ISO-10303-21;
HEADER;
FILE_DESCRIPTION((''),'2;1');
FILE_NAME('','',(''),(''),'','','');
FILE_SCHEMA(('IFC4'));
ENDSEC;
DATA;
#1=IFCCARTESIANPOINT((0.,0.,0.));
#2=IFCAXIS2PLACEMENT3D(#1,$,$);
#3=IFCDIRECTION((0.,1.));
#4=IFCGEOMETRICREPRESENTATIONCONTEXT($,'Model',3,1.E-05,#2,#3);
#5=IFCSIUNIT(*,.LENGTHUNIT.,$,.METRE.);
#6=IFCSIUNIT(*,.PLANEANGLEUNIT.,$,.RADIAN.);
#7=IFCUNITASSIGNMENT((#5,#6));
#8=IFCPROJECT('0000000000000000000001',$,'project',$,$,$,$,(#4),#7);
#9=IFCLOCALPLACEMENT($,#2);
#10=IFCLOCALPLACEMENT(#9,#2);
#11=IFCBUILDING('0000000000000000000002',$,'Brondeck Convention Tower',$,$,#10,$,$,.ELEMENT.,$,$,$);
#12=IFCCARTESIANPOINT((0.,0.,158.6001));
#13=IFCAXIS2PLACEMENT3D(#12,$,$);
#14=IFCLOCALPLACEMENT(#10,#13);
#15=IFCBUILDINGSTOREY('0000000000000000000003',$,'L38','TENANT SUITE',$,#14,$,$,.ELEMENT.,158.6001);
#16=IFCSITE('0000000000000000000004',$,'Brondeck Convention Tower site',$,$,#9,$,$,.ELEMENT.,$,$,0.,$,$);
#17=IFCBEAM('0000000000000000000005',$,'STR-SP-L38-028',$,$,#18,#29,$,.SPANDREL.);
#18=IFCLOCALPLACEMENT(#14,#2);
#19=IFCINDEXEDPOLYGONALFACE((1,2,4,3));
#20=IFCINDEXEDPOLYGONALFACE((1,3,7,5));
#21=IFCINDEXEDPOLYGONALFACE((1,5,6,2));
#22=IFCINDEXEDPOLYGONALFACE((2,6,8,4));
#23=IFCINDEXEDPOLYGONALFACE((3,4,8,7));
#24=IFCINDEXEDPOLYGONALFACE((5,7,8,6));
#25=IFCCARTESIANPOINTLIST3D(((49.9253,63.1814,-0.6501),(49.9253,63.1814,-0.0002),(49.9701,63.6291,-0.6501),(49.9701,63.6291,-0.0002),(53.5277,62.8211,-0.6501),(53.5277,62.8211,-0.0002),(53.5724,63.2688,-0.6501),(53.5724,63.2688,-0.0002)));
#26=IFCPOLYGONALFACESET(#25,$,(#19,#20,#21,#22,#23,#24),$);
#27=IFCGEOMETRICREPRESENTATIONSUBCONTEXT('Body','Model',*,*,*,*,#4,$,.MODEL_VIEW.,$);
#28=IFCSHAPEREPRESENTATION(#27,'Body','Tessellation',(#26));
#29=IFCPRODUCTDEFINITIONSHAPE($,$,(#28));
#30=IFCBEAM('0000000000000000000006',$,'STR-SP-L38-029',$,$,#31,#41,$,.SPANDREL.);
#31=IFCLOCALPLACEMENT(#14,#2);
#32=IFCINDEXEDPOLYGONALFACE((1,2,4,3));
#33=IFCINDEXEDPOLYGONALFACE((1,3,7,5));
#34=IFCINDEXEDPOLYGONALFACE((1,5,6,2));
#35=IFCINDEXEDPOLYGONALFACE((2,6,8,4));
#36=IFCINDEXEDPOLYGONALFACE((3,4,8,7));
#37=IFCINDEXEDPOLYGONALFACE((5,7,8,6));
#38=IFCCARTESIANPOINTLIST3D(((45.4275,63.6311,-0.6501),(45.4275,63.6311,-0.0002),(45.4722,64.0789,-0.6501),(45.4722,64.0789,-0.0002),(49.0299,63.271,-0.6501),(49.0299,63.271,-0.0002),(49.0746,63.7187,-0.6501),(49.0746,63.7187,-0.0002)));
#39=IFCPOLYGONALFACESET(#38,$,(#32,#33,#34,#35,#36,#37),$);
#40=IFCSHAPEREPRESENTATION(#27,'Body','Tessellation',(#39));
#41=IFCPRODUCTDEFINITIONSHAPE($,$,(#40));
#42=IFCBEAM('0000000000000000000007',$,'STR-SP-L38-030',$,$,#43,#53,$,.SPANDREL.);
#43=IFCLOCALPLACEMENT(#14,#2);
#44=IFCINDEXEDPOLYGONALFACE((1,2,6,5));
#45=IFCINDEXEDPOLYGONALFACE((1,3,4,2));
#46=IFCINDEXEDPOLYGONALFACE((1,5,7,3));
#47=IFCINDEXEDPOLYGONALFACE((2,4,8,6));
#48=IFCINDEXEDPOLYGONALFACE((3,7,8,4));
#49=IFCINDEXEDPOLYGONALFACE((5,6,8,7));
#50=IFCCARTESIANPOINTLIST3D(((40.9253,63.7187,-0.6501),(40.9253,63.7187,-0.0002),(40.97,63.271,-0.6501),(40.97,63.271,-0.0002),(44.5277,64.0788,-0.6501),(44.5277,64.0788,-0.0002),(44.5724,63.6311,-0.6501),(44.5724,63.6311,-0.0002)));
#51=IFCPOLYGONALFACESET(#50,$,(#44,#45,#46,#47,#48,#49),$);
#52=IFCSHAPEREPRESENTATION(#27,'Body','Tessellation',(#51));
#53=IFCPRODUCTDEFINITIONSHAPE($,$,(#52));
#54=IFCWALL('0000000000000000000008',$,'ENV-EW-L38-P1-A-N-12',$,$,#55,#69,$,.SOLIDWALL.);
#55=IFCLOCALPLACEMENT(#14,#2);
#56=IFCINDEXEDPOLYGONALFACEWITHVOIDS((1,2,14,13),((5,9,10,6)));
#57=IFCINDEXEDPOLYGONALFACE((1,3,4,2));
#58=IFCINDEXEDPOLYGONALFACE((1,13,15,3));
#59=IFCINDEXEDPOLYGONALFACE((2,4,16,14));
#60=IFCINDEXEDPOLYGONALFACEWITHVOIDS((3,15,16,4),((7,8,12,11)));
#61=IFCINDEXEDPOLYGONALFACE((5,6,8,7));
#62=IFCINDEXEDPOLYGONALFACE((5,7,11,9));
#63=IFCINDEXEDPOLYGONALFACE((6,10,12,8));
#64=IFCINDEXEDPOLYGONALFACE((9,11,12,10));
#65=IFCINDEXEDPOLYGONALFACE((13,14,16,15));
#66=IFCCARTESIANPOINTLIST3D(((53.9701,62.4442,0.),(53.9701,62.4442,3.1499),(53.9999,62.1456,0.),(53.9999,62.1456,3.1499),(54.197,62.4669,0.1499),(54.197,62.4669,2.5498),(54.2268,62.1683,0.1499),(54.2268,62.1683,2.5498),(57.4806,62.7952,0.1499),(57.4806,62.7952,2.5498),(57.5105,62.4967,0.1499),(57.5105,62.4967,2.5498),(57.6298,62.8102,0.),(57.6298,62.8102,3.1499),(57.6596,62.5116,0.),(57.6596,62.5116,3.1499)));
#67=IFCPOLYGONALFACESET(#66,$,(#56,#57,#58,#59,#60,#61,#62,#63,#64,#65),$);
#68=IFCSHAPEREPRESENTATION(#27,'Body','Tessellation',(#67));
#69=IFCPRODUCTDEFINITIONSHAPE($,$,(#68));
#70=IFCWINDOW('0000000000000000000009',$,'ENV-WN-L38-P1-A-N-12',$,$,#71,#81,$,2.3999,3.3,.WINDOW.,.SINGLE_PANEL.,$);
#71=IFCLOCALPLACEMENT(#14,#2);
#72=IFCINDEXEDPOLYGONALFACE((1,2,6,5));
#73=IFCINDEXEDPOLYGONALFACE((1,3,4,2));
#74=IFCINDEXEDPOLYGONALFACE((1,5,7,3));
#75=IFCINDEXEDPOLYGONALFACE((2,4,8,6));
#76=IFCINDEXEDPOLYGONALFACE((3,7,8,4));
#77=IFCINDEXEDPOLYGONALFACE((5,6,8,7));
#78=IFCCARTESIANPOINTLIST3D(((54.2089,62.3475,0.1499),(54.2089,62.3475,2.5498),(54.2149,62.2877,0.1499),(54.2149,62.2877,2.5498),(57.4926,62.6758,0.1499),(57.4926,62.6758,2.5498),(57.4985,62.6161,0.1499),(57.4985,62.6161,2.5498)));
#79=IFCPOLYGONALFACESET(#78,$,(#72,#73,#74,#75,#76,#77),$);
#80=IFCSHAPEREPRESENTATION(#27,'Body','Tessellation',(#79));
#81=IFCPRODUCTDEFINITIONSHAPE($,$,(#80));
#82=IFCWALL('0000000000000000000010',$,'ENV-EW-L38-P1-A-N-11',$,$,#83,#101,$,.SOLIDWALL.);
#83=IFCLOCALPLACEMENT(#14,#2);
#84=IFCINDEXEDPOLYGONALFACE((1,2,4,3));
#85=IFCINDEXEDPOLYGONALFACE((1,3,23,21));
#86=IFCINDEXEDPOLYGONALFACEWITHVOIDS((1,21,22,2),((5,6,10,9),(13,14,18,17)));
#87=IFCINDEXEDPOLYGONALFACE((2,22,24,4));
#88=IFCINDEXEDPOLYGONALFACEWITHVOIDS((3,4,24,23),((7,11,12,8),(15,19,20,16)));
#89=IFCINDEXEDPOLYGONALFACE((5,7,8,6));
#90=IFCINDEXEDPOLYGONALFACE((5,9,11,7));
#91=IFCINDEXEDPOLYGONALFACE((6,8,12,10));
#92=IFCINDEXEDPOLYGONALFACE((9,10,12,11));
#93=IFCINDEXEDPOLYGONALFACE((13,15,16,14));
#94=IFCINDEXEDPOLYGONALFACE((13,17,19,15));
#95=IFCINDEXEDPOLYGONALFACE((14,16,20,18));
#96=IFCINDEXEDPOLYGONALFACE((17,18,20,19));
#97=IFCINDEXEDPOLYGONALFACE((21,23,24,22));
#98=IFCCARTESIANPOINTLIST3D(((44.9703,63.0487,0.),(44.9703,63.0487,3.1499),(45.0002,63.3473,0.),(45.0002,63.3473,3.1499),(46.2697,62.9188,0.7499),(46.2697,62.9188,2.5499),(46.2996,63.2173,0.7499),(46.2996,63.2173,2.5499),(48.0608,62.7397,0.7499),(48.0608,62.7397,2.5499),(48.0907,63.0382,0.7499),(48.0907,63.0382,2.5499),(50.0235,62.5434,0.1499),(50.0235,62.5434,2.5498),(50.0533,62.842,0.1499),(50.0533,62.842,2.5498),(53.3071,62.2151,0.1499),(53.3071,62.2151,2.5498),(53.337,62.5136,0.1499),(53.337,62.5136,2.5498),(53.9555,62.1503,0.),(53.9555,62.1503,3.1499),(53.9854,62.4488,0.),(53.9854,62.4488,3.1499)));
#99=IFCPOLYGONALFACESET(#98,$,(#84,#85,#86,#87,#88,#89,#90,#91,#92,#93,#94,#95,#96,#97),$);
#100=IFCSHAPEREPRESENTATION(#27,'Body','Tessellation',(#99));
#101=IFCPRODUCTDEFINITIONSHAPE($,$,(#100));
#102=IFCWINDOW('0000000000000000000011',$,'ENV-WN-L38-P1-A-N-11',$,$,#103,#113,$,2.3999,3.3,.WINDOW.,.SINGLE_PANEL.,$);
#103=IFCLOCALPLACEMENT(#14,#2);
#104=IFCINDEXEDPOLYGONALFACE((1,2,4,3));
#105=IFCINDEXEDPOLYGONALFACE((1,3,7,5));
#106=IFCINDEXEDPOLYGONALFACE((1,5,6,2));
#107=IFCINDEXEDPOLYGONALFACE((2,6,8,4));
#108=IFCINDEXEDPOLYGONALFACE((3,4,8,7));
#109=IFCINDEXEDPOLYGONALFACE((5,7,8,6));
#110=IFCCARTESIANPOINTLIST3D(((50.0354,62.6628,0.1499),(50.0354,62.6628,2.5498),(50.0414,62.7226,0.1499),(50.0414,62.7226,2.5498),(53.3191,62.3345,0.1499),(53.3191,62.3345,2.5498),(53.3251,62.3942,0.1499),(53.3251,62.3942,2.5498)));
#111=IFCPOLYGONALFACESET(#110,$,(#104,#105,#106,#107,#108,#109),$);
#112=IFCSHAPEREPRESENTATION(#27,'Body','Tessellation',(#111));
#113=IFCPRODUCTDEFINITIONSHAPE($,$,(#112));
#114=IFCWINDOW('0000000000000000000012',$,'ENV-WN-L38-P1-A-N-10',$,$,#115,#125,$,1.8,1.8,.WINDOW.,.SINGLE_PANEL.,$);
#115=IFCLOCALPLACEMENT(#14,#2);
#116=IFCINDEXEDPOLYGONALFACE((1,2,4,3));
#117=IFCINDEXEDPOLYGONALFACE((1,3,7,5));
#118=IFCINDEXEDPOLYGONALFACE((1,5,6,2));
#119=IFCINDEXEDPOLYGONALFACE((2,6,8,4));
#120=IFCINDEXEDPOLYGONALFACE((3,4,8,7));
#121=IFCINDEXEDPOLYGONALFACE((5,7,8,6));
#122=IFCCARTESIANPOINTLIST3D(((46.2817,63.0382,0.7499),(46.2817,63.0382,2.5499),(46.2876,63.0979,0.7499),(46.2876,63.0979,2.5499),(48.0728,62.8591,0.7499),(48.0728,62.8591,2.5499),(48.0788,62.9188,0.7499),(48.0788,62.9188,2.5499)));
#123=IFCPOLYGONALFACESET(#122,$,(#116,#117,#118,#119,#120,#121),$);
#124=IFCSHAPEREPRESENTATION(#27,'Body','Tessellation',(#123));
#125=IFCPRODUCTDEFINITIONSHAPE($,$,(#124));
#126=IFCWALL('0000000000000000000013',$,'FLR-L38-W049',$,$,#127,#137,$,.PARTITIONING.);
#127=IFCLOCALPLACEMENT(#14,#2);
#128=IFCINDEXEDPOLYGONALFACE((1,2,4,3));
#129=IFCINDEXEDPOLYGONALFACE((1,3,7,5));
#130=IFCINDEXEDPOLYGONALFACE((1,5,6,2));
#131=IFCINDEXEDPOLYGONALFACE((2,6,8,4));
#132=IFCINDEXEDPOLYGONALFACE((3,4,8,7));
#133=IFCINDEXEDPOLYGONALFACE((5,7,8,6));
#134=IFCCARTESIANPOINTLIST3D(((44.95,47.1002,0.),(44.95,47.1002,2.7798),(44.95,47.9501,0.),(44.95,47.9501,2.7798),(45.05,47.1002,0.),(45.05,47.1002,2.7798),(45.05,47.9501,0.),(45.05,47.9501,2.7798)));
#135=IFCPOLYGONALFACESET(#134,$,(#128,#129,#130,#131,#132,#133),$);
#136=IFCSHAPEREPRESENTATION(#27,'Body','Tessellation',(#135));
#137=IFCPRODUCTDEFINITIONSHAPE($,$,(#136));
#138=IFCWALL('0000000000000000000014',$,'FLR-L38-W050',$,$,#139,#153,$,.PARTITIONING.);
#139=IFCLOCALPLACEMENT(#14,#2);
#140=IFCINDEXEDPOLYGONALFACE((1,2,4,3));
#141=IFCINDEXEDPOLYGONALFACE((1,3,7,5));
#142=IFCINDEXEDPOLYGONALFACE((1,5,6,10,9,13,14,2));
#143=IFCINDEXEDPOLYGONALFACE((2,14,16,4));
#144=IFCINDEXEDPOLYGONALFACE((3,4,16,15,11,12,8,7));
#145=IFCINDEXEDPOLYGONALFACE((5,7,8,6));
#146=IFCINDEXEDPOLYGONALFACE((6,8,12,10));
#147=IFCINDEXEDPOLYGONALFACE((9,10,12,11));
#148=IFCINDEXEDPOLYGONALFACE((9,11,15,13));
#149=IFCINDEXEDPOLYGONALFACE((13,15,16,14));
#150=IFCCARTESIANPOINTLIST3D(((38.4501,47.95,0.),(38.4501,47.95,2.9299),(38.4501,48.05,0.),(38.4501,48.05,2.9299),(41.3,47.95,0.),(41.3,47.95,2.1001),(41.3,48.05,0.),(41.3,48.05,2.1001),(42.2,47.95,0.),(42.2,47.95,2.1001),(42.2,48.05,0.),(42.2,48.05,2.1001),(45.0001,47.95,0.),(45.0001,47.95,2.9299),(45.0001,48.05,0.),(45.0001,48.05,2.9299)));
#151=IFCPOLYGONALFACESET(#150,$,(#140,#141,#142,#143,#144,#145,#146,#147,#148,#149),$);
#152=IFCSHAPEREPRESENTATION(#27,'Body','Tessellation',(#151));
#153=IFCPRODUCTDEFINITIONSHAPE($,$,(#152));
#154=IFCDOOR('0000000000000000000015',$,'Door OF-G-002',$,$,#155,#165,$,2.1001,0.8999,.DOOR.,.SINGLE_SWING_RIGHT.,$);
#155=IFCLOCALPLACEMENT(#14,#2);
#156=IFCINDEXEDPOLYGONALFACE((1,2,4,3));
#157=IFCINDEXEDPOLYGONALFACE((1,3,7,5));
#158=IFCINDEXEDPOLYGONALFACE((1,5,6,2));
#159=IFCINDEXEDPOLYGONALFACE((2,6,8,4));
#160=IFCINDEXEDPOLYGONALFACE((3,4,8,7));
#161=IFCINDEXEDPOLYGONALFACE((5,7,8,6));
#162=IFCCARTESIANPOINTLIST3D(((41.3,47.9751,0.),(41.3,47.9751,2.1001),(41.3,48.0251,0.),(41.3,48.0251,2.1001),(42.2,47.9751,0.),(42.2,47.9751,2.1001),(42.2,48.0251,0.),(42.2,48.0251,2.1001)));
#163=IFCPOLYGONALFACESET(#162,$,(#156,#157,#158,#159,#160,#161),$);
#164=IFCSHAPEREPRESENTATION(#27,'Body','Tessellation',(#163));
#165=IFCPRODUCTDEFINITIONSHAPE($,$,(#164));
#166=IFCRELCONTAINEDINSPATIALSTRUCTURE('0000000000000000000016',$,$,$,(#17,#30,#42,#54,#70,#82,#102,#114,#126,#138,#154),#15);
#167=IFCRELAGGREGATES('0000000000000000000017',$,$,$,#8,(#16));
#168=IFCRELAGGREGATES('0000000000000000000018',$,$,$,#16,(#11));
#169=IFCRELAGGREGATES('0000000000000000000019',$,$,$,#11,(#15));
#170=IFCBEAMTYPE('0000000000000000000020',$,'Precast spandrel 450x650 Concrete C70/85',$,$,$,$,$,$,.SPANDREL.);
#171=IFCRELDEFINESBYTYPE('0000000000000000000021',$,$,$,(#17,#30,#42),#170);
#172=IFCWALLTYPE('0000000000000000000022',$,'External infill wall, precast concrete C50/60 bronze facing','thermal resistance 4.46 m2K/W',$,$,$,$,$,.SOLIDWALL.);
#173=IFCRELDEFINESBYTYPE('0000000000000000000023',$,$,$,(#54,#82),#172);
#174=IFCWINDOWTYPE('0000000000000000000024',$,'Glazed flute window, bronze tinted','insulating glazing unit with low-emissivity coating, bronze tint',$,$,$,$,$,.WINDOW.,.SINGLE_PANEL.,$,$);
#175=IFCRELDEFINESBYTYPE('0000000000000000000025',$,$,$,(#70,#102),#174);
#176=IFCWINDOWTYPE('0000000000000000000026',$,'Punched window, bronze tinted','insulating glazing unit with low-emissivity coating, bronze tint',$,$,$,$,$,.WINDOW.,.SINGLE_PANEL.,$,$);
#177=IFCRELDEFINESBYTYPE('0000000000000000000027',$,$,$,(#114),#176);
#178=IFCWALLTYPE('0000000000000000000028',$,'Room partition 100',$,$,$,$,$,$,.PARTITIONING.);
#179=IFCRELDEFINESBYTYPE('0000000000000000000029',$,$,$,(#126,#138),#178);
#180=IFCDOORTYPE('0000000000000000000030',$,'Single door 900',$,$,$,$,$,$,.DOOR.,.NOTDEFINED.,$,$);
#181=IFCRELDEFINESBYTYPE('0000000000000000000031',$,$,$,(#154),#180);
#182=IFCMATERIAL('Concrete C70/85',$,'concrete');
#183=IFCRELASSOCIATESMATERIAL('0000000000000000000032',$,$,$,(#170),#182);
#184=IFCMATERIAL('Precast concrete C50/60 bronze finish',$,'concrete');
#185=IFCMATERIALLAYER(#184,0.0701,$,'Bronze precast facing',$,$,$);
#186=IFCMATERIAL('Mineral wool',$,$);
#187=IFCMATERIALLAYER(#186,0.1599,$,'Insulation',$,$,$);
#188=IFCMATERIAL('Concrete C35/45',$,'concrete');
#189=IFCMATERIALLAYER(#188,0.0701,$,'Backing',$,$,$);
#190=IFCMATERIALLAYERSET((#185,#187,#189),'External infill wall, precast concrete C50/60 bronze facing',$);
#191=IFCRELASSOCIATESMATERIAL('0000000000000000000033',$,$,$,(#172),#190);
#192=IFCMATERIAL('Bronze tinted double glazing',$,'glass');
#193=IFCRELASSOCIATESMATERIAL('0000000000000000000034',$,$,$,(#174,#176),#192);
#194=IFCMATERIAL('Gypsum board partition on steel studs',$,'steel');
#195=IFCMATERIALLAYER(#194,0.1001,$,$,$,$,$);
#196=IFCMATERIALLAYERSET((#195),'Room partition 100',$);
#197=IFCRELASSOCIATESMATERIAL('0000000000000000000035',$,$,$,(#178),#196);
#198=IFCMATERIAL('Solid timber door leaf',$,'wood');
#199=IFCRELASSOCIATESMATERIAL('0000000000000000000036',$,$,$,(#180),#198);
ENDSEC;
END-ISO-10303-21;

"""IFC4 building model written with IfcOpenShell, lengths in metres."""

from ifc_helpers import new_model, si_unit, direction, frame, frame_2d, origin, origin_2d, place, context, subcontext, project, spatial, rectangle, extrude, material, layer, layer_set, material_profile, profile_set, type_object, element, fill, save


model = new_model("IFC4")

# Units and contexts
model_context = context("Model", 3, precision=1e-05, world=origin(), true_north=direction((0.0, 1.0)))
body_context = subcontext(model_context, "Body", "Model", "MODEL_VIEW")
ifc_project = project(units=[si_unit("LENGTHUNIT", "METRE"), si_unit("PLANEANGLEUNIT", "RADIAN")], contexts=[model_context])

# Site, building, storey
site_placement = place(None, origin())
site = spatial("IfcSite", under=ifc_project, at=site_placement, Name="Brondeck Convention Tower site", CompositionType="ELEMENT", RefElevation=0.0)
building_placement = place(site_placement, origin())
building = spatial("IfcBuilding", under=site, at=building_placement, Name="Brondeck Convention Tower", CompositionType="ELEMENT")
storey_placement = place(building_placement, frame((0.0, 0.0, 158.6001)))
storey = spatial("IfcBuildingStorey", under=building, at=storey_placement, Name="L38", Description="TENANT SUITE", CompositionType="ELEMENT", Elevation=158.6001)

# Shared definitions
ifc_material_1 = material(Name="Concrete C70/85", Category="concrete")

# Beams
ifc_material_profile_1 = material_profile(ifc_material_1, rectangle(XDim=0.45, YDim=0.6499, at=origin_2d()), Name="Precast spandrel 450x650 Concrete C70/85")
ifc_profile_set_1 = profile_set([ifc_material_profile_1], Name="Concrete C70/85")
beam_type_1 = type_object("IfcBeamType", Name="Precast spandrel 450x650 Concrete C70/85", PredefinedType="SPANDREL", material=ifc_profile_set_1)
for number, where, z_axis, x_axis, name in (
    (1, (53.55, 63.0449, -0.3252), (-0.995034, 0.099537, 0.0), (-0.099537, -0.995034, 0.0), "STR-SP-L38-028"),
    (2, (49.0522, 63.4949, -0.3252), (-0.995041, 0.09947, 0.0), (-0.09947, -0.995041, 0.0), "STR-SP-L38-029"),
    (3, (44.55, 63.855, -0.3252), (-0.995041, -0.09947, 0.0), (0.09947, -0.995041, 0.0), "STR-SP-L38-030"),
):
    element("IfcBeam", number, at=place(storey_placement, frame(where, z_axis=z_axis, x_axis=x_axis)), inside=storey, type_object=beam_type_1, Name=name, PredefinedType="SPANDREL", context=body_context, shape_type="SweptSolid", body=[
        extrude(rectangle(XDim=0.45, YDim=0.6499, at=origin_2d()), origin(), (0.0, 0.0, 1.0), 3.6204),
    ])

# Wall, opening, window
ifc_material_2 = material(Name="Precast concrete C50/60 bronze finish", Category="concrete")
ifc_layer_1 = layer(ifc_material_2, 0.0701, Name="Bronze precast facing")
ifc_material_3 = material(Name="Mineral wool")
ifc_layer_2 = layer(ifc_material_3, 0.1599, Name="Insulation")
ifc_material_4 = material(Name="Concrete C35/45", Category="concrete")
ifc_layer_3 = layer(ifc_material_4, 0.0701, Name="Backing")
ifc_layer_set_1 = layer_set([ifc_layer_1, ifc_layer_2, ifc_layer_3], Name="External infill wall, precast concrete C50/60 bronze facing")
wall_type_1 = type_object("IfcWallType", Name="External infill wall, precast concrete C50/60 bronze facing", Description="thermal resistance 4.46 m2K/W", PredefinedType="SOLIDWALL", material=ifc_layer_set_1)
wall_1_placement = place(storey_placement, frame((53.9851, 62.2949, 0.0), z_axis=(0.0, 0.0, 1.0), x_axis=(0.995037, 0.099504, 0.0)))
wall_1 = element("IfcWall", 4, at=wall_1_placement, inside=storey, type_object=wall_type_1, Name="ENV-EW-L38-P1-A-N-12", PredefinedType="SOLIDWALL", context=body_context, shape_type="SweptSolid", body=[
    extrude(rectangle(XDim=3.678, YDim=0.3, at=frame_2d((1.8389, 0.0))), origin(), (0.0, 0.0, 1.0), 3.1499),
])
opening_1_placement = place(wall_1_placement, frame((0.228, 0.0, 0.1499)))
opening_1 = element("IfcOpeningElement", 5, at=opening_1_placement, cuts=wall_1, PredefinedType="OPENING", context=body_context, shape_type="SweptSolid", body=[
    extrude(rectangle(XDim=3.3, YDim=2.3999, at=frame_2d((1.6499, 1.2))), frame((0.0, 0.1599, 0.0), z_axis=(0.0, -1.0, 0.0), x_axis=(1.0, 0.0, 0.0)), (0.0, 0.0, 1.0), 0.3201),
])
ifc_material_5 = material(Name="Bronze tinted double glazing", Category="glass")
window_type_1 = type_object("IfcWindowType", Name="Glazed flute window, bronze tinted", Description="insulating glazing unit with low-emissivity coating, bronze tint", PartitioningType="SINGLE_PANEL", PredefinedType="WINDOW", material=ifc_material_5)
window_1_placement = place(opening_1_placement, origin())
window_1 = element("IfcWindow", 6, at=window_1_placement, inside=storey, type_object=window_type_1, Name="ENV-WN-L38-P1-A-N-12", OverallHeight=2.3999, OverallWidth=3.3, PartitioningType="SINGLE_PANEL", PredefinedType="WINDOW", context=body_context, shape_type="SweptSolid", body=[
    extrude(rectangle(XDim=3.3, YDim=2.3999, at=frame_2d((1.6499, 1.2))), frame((0.0, 0.03, 0.0), z_axis=(0.0, -1.0, 0.0), x_axis=(1.0, 0.0, 0.0)), (0.0, 0.0, 1.0), 0.0601),
])
fill(opening_1, window_1)

# Wall, openings, windows
wall_2_placement = place(storey_placement, frame((44.9851, 63.198, 0.0), z_axis=(0.0, 0.0, 1.0), x_axis=(0.995038, -0.099496, 0.0)))
wall_2 = element("IfcWall", 7, at=wall_2_placement, inside=storey, type_object=wall_type_1, Name="ENV-EW-L38-P1-A-N-11", PredefinedType="SOLIDWALL", context=body_context, shape_type="SweptSolid", body=[
    extrude(rectangle(XDim=9.03, YDim=0.3, at=frame_2d((4.5151, 0.0))), origin(), (0.0, 0.0, 1.0), 3.1499),
])
opening_2_placement = place(wall_2_placement, frame((1.3062, 0.0, 0.75)))
opening_2 = element("IfcOpeningElement", 8, at=opening_2_placement, cuts=wall_2, PredefinedType="OPENING", context=body_context, shape_type="SweptSolid", body=[
    extrude(rectangle(XDim=1.8, YDim=1.8, at=frame_2d((0.8999, 0.8999))), frame((0.0, 0.1599, 0.0), z_axis=(0.0, -1.0, 0.0), x_axis=(1.0, 0.0, 0.0)), (0.0, 0.0, 1.0), 0.3201),
])
opening_3_placement = place(wall_2_placement, frame((5.0786, 0.0, 0.1499)))
opening_3 = element("IfcOpeningElement", 9, at=opening_3_placement, cuts=wall_2, PredefinedType="OPENING", context=body_context, shape_type="SweptSolid", body=[
    extrude(rectangle(XDim=3.3, YDim=2.3999, at=frame_2d((1.6499, 1.2))), frame((0.0, 0.1599, 0.0), z_axis=(0.0, -1.0, 0.0), x_axis=(1.0, 0.0, 0.0)), (0.0, 0.0, 1.0), 0.3201),
])
window_2_placement = place(opening_3_placement, origin())
window_2 = element("IfcWindow", 10, at=window_2_placement, inside=storey, type_object=window_type_1, Name="ENV-WN-L38-P1-A-N-11", OverallHeight=2.3999, OverallWidth=3.3, PartitioningType="SINGLE_PANEL", PredefinedType="WINDOW", context=body_context, shape_type="SweptSolid", body=[
    extrude(rectangle(XDim=3.3, YDim=2.3999, at=frame_2d((1.6499, 1.2))), frame((0.0, 0.03, 0.0), z_axis=(0.0, -1.0, 0.0), x_axis=(1.0, 0.0, 0.0)), (0.0, 0.0, 1.0), 0.0601),
])
fill(opening_3, window_2)
window_type_2 = type_object("IfcWindowType", Name="Punched window, bronze tinted", Description="insulating glazing unit with low-emissivity coating, bronze tint", PartitioningType="SINGLE_PANEL", PredefinedType="WINDOW", material=ifc_material_5)
window_3_placement = place(opening_2_placement, origin())
window_3 = element("IfcWindow", 11, at=window_3_placement, inside=storey, type_object=window_type_2, Name="ENV-WN-L38-P1-A-N-10", OverallHeight=1.8, OverallWidth=1.8, PartitioningType="SINGLE_PANEL", PredefinedType="WINDOW", context=body_context, shape_type="SweptSolid", body=[
    extrude(rectangle(XDim=1.8, YDim=1.8, at=frame_2d((0.8999, 0.8999))), frame((0.0, 0.03, 0.0), z_axis=(0.0, -1.0, 0.0), x_axis=(1.0, 0.0, 0.0)), (0.0, 0.0, 1.0), 0.0601),
])
fill(opening_2, window_3)

# Wall
ifc_material_6 = material(Name="Gypsum board partition on steel studs", Category="steel")
ifc_layer_4 = layer(ifc_material_6, 0.1001)
ifc_layer_set_2 = layer_set([ifc_layer_4], Name="Room partition 100")
wall_type_2 = type_object("IfcWallType", Name="Room partition 100", PredefinedType="PARTITIONING", material=ifc_layer_set_2)
wall_3_placement = place(storey_placement, frame((45.0, 47.95, 0.0), z_axis=(0.0, 0.0, 1.0), x_axis=(0.0, -1.0, 0.0)))
element("IfcWall", 12, at=wall_3_placement, inside=storey, type_object=wall_type_2, Name="FLR-L38-W049", PredefinedType="PARTITIONING", context=body_context, shape_type="SweptSolid", body=[
    extrude(rectangle(XDim=0.8499, YDim=0.1001, at=frame_2d((0.4248, 0.0))), origin(), (0.0, 0.0, 1.0), 2.7798),
])

# Wall, opening, door
wall_4_placement = place(storey_placement, frame((45.0, 48.0, 0.0), z_axis=(0.0, 0.0, 1.0), x_axis=(-1.0, 0.0, 0.0)))
wall_4 = element("IfcWall", 13, at=wall_4_placement, inside=storey, type_object=wall_type_2, Name="FLR-L38-W050", PredefinedType="PARTITIONING", context=body_context, shape_type="SweptSolid", body=[
    extrude(rectangle(XDim=6.55, YDim=0.1001, at=frame_2d((3.2749, 0.0))), origin(), (0.0, 0.0, 1.0), 2.9299),
])
opening_4_placement = place(wall_4_placement, frame((2.8, 0.0, 0.0)))
opening_4 = element("IfcOpeningElement", 14, at=opening_4_placement, cuts=wall_4, PredefinedType="OPENING", context=body_context, shape_type="SweptSolid", body=[
    extrude(rectangle(XDim=0.8999, YDim=2.1001, at=frame_2d((0.45, 1.05))), frame((0.0, 0.0601, 0.0), z_axis=(0.0, -1.0, 0.0), x_axis=(1.0, 0.0, 0.0)), (0.0, 0.0, 1.0), 0.1201),
])
ifc_material_7 = material(Name="Solid timber door leaf", Category="wood")
door_type = type_object("IfcDoorType", Name="Single door 900", OperationType="NOTDEFINED", PredefinedType="DOOR", material=ifc_material_7)
door_1_placement = place(opening_4_placement, origin())
door_1 = element("IfcDoor", 15, at=door_1_placement, inside=storey, type_object=door_type, Name="Door OF-G-002", OperationType="SINGLE_SWING_RIGHT", OverallHeight=2.1001, OverallWidth=0.8999, PredefinedType="DOOR", context=body_context, shape_type="SweptSolid", body=[
    extrude(rectangle(XDim=0.8999, YDim=2.1001, at=frame_2d((0.45, 1.05))), frame((0.0, 0.0249, 0.0), z_axis=(0.0, -1.0, 0.0), x_axis=(1.0, 0.0, 0.0)), (0.0, 0.0, 1.0), 0.05),
])
fill(opening_4, door_1)

save(model, "model.ifc")
